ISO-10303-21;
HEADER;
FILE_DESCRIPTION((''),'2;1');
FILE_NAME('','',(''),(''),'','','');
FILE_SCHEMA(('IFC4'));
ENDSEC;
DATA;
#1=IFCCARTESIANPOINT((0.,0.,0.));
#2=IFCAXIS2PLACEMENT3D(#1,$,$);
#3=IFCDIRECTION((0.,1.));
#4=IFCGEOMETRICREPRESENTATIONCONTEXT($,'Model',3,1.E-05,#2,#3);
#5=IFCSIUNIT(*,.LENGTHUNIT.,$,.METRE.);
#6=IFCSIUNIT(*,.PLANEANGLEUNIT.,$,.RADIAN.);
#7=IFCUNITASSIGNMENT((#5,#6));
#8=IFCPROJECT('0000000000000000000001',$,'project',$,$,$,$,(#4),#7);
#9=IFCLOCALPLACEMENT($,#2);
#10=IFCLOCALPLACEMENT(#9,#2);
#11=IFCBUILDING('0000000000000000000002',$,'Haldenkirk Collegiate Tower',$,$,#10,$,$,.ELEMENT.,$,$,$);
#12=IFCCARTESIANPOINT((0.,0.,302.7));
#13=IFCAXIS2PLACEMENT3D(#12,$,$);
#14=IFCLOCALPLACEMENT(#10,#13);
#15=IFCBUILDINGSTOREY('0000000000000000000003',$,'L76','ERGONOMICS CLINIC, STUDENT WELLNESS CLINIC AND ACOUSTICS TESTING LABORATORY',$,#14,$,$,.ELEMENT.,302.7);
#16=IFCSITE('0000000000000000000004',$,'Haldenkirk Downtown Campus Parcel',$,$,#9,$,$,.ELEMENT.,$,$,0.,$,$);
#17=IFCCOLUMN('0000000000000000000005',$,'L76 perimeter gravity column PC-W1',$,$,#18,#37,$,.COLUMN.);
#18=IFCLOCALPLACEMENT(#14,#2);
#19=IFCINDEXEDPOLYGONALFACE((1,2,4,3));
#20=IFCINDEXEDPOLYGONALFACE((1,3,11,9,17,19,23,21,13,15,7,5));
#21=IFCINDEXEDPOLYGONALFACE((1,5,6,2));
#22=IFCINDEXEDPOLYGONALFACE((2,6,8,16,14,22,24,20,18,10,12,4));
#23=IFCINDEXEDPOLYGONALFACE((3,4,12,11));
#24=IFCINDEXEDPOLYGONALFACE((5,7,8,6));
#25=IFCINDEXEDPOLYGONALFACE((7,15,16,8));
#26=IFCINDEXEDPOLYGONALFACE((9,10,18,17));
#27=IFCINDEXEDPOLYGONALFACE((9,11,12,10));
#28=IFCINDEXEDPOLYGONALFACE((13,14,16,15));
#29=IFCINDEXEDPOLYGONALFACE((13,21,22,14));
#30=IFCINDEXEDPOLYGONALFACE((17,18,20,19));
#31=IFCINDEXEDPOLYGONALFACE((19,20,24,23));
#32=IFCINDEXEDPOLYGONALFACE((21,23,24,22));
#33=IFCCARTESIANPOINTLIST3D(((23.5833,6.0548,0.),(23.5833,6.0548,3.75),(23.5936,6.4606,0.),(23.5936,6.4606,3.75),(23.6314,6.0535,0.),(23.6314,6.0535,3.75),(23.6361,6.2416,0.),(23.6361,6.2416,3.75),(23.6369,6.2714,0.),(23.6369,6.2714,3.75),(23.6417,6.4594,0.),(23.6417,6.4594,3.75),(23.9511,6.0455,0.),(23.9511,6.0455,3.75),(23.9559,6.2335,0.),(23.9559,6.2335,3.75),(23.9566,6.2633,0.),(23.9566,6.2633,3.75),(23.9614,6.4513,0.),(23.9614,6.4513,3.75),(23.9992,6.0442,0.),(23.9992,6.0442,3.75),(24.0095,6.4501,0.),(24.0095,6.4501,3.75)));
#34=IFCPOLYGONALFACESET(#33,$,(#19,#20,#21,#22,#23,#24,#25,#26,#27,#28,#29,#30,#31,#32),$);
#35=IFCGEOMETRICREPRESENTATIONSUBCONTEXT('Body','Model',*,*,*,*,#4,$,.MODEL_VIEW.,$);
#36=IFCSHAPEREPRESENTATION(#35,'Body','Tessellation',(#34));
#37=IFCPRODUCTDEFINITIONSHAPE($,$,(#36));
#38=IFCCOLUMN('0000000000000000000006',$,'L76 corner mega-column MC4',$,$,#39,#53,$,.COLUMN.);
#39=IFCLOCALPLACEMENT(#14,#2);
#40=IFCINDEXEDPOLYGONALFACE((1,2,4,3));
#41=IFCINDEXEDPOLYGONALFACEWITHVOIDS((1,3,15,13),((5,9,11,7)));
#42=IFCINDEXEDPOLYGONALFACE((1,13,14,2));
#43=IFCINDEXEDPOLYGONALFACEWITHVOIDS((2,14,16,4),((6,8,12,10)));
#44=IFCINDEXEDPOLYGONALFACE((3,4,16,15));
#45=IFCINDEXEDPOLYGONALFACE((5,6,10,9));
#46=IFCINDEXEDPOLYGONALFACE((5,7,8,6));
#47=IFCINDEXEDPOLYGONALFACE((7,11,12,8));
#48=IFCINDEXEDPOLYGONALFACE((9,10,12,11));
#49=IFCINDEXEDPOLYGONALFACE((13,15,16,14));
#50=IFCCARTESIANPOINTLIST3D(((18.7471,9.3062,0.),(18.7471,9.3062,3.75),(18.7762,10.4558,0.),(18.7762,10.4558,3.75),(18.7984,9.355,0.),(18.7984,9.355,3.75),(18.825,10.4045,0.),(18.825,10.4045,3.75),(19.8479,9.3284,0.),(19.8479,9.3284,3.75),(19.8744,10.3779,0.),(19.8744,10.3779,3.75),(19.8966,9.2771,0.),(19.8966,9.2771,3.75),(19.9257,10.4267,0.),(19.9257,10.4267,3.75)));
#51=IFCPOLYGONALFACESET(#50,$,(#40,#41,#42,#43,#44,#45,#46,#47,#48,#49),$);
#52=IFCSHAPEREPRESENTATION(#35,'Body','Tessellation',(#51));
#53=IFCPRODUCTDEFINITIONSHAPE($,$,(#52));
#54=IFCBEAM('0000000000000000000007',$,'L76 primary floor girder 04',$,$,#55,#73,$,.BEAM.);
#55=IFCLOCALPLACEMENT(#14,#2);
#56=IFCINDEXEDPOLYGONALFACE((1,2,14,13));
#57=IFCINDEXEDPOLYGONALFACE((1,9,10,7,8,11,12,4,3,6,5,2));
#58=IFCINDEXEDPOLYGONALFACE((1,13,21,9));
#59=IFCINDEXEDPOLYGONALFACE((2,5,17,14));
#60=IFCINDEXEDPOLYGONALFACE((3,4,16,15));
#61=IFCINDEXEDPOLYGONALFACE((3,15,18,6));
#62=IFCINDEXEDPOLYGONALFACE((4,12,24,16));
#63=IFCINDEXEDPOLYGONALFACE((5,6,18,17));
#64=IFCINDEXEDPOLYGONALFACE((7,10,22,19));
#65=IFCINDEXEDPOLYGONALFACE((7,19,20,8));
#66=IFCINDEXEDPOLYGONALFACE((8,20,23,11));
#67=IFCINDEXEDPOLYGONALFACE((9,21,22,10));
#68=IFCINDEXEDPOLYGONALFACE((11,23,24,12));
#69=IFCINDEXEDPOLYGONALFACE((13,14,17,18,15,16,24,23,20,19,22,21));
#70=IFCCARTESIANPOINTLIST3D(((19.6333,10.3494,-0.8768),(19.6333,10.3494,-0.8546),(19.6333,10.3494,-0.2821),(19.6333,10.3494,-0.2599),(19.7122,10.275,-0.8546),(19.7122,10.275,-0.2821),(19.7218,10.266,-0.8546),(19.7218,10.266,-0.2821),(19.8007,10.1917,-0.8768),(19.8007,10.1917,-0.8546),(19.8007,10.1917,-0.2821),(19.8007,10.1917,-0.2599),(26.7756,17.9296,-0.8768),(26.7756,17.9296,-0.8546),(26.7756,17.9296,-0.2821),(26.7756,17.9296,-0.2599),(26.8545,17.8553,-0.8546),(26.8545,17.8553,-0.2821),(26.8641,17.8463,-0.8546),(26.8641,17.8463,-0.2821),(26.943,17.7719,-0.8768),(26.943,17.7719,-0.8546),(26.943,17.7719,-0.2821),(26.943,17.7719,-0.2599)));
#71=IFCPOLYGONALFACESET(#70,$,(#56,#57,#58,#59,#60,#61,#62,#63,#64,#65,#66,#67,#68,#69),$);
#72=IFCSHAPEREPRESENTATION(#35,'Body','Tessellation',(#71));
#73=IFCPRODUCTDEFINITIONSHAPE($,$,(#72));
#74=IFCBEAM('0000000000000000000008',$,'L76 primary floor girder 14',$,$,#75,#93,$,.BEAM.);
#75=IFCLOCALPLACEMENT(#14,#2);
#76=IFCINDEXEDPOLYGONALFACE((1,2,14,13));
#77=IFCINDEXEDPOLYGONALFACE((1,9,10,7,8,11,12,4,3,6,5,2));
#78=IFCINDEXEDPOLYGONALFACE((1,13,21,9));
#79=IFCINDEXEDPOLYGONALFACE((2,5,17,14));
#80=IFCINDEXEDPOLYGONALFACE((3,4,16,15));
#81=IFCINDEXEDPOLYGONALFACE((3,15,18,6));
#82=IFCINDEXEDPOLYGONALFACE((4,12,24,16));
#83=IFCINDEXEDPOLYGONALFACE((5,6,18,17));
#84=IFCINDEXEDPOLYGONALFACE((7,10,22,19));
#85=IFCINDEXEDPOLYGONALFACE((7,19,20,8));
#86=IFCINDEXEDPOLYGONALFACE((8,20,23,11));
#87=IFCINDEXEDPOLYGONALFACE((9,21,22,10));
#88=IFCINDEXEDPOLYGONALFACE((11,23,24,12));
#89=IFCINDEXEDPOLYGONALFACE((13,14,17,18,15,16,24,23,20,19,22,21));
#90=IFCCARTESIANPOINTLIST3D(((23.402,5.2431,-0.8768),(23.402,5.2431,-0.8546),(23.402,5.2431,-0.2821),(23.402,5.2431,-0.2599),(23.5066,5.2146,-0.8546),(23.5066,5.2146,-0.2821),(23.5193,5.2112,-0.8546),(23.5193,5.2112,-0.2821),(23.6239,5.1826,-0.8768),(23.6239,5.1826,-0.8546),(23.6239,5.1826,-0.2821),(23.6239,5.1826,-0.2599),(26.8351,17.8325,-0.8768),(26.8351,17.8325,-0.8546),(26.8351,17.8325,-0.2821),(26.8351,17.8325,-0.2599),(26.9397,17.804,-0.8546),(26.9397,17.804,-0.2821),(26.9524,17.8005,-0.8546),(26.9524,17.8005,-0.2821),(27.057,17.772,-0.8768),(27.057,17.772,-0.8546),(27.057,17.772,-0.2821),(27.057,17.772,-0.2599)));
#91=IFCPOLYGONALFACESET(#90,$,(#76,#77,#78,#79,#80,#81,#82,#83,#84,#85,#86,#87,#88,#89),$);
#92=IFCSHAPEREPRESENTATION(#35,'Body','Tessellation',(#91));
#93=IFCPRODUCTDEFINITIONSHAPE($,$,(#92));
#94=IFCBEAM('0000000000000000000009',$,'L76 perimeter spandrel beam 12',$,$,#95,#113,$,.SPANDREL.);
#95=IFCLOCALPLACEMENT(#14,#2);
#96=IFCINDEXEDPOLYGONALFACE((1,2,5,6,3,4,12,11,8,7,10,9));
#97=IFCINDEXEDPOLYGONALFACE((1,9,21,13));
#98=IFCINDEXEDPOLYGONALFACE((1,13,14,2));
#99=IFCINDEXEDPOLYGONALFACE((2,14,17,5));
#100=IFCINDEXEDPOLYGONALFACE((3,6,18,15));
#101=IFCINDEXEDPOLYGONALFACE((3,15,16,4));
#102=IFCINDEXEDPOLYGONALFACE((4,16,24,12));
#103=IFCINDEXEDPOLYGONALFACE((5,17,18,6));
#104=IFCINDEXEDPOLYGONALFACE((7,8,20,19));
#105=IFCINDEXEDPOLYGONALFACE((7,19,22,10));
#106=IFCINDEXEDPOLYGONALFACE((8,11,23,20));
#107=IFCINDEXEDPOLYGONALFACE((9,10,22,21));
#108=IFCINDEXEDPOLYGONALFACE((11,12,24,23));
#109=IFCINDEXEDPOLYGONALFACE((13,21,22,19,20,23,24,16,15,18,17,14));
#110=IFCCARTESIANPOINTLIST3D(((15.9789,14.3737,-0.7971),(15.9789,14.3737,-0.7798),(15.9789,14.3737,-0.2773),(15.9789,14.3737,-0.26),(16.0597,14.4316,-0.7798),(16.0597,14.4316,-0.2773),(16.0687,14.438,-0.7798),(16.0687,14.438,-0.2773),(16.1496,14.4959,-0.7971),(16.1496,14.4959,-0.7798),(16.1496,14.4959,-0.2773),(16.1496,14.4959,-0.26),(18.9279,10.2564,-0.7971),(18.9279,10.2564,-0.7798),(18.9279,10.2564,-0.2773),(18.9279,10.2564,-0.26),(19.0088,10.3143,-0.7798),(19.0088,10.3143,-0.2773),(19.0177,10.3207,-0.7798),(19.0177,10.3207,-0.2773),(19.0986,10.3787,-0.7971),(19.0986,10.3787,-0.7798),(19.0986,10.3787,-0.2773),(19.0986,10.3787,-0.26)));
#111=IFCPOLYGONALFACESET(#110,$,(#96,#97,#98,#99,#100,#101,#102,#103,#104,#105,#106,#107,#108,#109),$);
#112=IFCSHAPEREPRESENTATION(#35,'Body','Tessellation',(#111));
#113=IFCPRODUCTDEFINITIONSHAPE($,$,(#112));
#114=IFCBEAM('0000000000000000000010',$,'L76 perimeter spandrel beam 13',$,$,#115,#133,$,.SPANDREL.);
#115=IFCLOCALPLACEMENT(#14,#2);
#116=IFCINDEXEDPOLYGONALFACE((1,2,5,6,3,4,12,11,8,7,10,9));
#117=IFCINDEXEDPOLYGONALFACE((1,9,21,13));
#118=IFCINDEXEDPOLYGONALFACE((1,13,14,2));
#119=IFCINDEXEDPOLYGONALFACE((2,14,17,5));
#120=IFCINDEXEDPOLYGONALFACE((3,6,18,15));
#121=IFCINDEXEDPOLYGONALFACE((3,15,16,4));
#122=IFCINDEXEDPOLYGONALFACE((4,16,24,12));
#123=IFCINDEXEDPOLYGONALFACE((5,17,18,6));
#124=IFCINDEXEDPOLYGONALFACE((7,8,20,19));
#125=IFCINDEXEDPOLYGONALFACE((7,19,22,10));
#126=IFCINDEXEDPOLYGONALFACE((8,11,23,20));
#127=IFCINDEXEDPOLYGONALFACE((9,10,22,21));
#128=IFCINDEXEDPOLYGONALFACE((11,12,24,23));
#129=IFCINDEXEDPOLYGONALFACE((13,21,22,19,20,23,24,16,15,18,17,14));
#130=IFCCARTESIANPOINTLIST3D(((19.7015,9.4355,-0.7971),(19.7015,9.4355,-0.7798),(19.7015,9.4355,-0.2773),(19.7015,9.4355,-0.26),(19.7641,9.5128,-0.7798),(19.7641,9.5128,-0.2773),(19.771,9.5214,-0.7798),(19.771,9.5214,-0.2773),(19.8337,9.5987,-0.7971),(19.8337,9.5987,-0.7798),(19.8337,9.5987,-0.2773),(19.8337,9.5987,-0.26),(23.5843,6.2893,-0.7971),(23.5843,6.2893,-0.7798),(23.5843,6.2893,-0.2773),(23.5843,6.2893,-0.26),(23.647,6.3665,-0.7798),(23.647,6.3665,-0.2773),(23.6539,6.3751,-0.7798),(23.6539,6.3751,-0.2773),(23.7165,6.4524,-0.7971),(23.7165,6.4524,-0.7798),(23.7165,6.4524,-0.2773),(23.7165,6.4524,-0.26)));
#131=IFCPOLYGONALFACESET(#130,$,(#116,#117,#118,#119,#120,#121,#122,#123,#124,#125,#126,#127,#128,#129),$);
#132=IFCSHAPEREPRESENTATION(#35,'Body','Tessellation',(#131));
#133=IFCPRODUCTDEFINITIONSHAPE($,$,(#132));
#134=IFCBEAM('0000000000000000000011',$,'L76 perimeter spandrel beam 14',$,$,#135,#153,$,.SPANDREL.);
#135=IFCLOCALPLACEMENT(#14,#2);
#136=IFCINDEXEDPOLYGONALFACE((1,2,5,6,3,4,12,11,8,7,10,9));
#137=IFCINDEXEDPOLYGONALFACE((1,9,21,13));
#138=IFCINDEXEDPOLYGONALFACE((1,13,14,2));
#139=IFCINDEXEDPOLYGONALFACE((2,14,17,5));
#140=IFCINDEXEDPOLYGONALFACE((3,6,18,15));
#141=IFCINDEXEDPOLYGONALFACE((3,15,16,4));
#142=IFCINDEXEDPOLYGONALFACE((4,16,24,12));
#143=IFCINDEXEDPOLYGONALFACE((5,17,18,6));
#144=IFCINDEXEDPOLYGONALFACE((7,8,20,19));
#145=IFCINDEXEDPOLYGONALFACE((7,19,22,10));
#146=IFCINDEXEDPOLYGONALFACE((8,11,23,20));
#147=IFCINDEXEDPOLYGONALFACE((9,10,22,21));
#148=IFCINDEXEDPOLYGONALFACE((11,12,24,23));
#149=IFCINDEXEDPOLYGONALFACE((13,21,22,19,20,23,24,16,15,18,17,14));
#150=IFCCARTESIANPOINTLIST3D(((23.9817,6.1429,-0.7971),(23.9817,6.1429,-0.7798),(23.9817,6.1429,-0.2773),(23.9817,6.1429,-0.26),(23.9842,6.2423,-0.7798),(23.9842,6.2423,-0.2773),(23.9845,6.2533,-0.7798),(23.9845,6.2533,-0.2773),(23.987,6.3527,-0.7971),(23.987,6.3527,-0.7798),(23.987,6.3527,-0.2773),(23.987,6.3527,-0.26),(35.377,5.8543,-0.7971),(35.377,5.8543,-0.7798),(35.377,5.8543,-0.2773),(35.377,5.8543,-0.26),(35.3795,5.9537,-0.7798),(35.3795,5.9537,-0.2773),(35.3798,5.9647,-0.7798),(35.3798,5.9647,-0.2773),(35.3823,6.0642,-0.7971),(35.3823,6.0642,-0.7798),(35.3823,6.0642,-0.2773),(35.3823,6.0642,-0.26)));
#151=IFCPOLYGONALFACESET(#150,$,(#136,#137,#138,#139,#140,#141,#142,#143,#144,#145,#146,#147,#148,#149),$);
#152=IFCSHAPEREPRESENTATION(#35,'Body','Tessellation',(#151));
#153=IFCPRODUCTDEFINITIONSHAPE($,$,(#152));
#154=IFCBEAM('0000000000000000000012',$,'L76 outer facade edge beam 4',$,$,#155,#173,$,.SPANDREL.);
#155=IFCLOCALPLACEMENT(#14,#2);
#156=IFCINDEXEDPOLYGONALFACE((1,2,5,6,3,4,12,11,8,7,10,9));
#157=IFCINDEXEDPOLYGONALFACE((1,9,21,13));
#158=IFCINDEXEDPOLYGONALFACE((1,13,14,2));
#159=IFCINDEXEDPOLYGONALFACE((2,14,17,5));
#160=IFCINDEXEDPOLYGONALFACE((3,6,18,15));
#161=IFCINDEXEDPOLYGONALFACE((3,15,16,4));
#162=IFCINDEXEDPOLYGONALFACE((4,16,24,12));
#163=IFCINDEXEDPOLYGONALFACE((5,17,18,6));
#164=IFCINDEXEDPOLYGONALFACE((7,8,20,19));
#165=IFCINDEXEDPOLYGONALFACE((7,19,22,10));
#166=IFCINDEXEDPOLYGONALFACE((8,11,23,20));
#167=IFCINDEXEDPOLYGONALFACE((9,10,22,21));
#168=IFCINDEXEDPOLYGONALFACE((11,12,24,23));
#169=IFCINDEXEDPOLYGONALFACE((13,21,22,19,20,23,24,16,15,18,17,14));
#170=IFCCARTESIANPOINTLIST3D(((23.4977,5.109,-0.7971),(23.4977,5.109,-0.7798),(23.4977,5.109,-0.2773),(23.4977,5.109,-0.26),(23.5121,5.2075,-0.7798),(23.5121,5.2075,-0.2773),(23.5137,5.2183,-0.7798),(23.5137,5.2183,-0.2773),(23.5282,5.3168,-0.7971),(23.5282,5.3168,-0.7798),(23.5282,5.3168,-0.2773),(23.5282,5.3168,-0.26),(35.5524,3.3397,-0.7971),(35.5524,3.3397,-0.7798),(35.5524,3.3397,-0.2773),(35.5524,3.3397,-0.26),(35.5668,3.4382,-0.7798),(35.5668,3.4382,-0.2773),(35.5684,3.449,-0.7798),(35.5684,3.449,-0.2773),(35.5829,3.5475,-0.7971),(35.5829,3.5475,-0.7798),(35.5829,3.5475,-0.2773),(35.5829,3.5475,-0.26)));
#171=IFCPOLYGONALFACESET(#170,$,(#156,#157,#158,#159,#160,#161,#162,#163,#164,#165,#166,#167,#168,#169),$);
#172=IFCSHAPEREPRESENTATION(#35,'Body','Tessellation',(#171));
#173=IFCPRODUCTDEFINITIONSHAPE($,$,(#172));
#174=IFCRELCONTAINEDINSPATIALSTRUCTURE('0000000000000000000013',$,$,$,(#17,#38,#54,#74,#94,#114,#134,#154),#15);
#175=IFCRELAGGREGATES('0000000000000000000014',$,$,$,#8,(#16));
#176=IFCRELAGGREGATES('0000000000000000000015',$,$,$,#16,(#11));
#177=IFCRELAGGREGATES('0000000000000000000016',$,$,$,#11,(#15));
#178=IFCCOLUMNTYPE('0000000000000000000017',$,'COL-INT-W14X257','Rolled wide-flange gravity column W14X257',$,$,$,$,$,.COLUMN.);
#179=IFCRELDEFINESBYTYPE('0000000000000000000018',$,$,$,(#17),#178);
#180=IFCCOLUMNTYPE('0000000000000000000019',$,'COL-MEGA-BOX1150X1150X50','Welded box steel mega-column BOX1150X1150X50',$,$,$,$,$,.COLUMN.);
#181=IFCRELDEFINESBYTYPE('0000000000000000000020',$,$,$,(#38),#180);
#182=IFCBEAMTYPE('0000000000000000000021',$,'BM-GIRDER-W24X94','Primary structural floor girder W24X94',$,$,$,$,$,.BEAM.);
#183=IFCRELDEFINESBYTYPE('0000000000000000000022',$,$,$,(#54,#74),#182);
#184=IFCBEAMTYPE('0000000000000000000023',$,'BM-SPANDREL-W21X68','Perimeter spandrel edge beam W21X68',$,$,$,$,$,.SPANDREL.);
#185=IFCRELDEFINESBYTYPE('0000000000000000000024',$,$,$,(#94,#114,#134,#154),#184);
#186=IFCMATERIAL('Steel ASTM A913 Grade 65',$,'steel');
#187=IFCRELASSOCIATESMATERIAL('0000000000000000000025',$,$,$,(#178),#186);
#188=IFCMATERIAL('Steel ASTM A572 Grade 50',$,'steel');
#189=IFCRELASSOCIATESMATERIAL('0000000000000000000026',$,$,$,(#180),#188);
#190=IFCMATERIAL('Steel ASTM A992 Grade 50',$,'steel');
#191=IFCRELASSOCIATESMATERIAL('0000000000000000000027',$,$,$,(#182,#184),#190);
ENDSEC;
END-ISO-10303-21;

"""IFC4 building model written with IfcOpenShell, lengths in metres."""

from ifc_helpers import new_model, si_unit, direction, frame, origin, origin_2d, place, context, subcontext, project, spatial, hollow_rectangle, i_section, extrude, material, material_profile, profile_set, type_object, element, save


model = new_model("IFC4")

# Units and contexts
model_context = context("Model", 3, precision=1e-05, world=origin(), true_north=direction((0.0, 1.0)))
body_context = subcontext(model_context, "Body", "Model", "MODEL_VIEW")
ifc_project = project(units=[si_unit("LENGTHUNIT", "METRE"), si_unit("PLANEANGLEUNIT", "RADIAN")], contexts=[model_context])

# Site, building, storey
site_placement = place(None, origin())
site = spatial("IfcSite", under=ifc_project, at=site_placement, Name="Haldenkirk Downtown Campus Parcel", CompositionType="ELEMENT", RefElevation=0.0)
building_placement = place(site_placement, origin())
building = spatial("IfcBuilding", under=site, at=building_placement, Name="Haldenkirk Collegiate Tower", CompositionType="ELEMENT")
storey_placement = place(building_placement, frame((0.0, 0.0, 302.7)))
storey = spatial("IfcBuildingStorey", under=building, at=storey_placement, Name="L76", Description="ERGONOMICS CLINIC, STUDENT WELLNESS CLINIC AND ACOUSTICS TESTING LABORATORY", CompositionType="ELEMENT", Elevation=302.7)

# Columns
ifc_material_1 = material(Name="Steel ASTM A913 Grade 65", Category="steel")
ifc_material_profile_1 = material_profile(ifc_material_1, i_section(OverallWidth=0.406, OverallDepth=0.416, WebThickness=0.0298, FlangeThickness=0.0481, at=origin_2d()), Name="W14X257")
ifc_profile_set_1 = profile_set([ifc_material_profile_1], Name="Steel ASTM A913 Grade 65")
column_type_1 = type_object("IfcColumnType", Name="COL-INT-W14X257", Description="Rolled wide-flange gravity column W14X257", PredefinedType="COLUMN", material=ifc_profile_set_1)
column_1_placement = place(storey_placement, frame((23.7964, 6.2524, 0.0), z_axis=(0.0, 0.0, 1.0), x_axis=(0.025305, 0.99968, 0.0)))
element("IfcColumn", 1, at=column_1_placement, inside=storey, type_object=column_type_1, Name="L76 perimeter gravity column PC-W1", PredefinedType="COLUMN", context=body_context, shape_type="SweptSolid", body=[
    extrude(i_section(OverallWidth=0.406, OverallDepth=0.416, WebThickness=0.0298, FlangeThickness=0.0481, at=origin_2d()), origin(), (0.0, 0.0, 1.0), 3.75),
])
ifc_material_2 = material(Name="Steel ASTM A572 Grade 50", Category="steel")
ifc_material_profile_2 = material_profile(ifc_material_2, hollow_rectangle(XDim=1.1499, YDim=1.1499, WallThickness=0.05, at=origin_2d()), Name="BOX1150X1150X50")
ifc_profile_set_2 = profile_set([ifc_material_profile_2], Name="Steel ASTM A572 Grade 50")
column_type_2 = type_object("IfcColumnType", Name="COL-MEGA-BOX1150X1150X50", Description="Welded box steel mega-column BOX1150X1150X50", PredefinedType="COLUMN", material=ifc_profile_set_2)
column_2_placement = place(storey_placement, frame((19.3364, 9.8665, 0.0), z_axis=(0.0, 0.0, 1.0), x_axis=(0.025305, 0.99968, 0.0)))
element("IfcColumn", 2, at=column_2_placement, inside=storey, type_object=column_type_2, Name="L76 corner mega-column MC4", PredefinedType="COLUMN", context=body_context, shape_type="SweptSolid", body=[
    extrude(hollow_rectangle(XDim=1.1499, YDim=1.1499, WallThickness=0.05, at=origin_2d()), origin(), (0.0, 0.0, 1.0), 3.75),
])

# Beams
ifc_material_3 = material(Name="Steel ASTM A992 Grade 50", Category="steel")
ifc_material_profile_3 = material_profile(ifc_material_3, i_section(OverallWidth=0.23, OverallDepth=0.6169, WebThickness=0.0132, FlangeThickness=0.0222, at=origin_2d()), Name="W24X94")
ifc_profile_set_3 = profile_set([ifc_material_profile_3], Name="Steel ASTM A992 Grade 50")
beam_type_1 = type_object("IfcBeamType", Name="BM-GIRDER-W24X94", Description="Primary structural floor girder W24X94", PredefinedType="BEAM", material=ifc_profile_set_3)
beam_1_placement = place(storey_placement, frame((19.717, 10.2705, -0.5684), z_axis=(0.685767, 0.727821, 0.0), x_axis=(-0.727821, 0.685767, 0.0)))
element("IfcBeam", 3, at=beam_1_placement, inside=storey, type_object=beam_type_1, Name="L76 primary floor girder 04", PredefinedType="BEAM", context=body_context, shape_type="SweptSolid", body=[
    extrude(i_section(OverallWidth=0.23, OverallDepth=0.6169, WebThickness=0.0132, FlangeThickness=0.0222, at=origin_2d()), origin(), (0.0, 0.0, 1.0), 10.415),
])
beam_2_placement = place(storey_placement, frame((23.5129, 5.2129, -0.5684), z_axis=(0.263092, 0.964771, 0.0), x_axis=(-0.964771, 0.263092, 0.0)))
element("IfcBeam", 4, at=beam_2_placement, inside=storey, type_object=beam_type_1, Name="L76 primary floor girder 14", PredefinedType="BEAM", context=body_context, shape_type="SweptSolid", body=[
    extrude(i_section(OverallWidth=0.23, OverallDepth=0.6169, WebThickness=0.0132, FlangeThickness=0.0222, at=origin_2d()), origin(), (0.0, 0.0, 1.0), 13.0491),
])
ifc_material_profile_4 = material_profile(ifc_material_3, i_section(OverallWidth=0.21, OverallDepth=0.5371, WebThickness=0.011, FlangeThickness=0.0173, at=origin_2d()), Name="W21X68")
ifc_profile_set_4 = profile_set([ifc_material_profile_4], Name="Steel ASTM A992 Grade 50")
beam_type_2 = type_object("IfcBeamType", Name="BM-SPANDREL-W21X68", Description="Perimeter spandrel edge beam W21X68", PredefinedType="SPANDREL", material=ifc_profile_set_4)
beam_3_placement = place(storey_placement, frame((16.0642, 14.4348, -0.5286), z_axis=(0.5823, -0.812974, 0.0), x_axis=(0.812974, 0.5823, 0.0)))
element("IfcBeam", 5, at=beam_3_placement, inside=storey, type_object=beam_type_2, Name="L76 perimeter spandrel beam 12", PredefinedType="SPANDREL", context=body_context, shape_type="SweptSolid", body=[
    extrude(i_section(OverallWidth=0.21, OverallDepth=0.5371, WebThickness=0.011, FlangeThickness=0.0173, at=origin_2d()), origin(), (0.0, 0.0, 1.0), 5.0645),
])
beam_4_placement = place(storey_placement, frame((19.7676, 9.5171, -0.5286), z_axis=(0.77695, -0.629562, 0.0), x_axis=(0.629562, 0.77695, 0.0)))
element("IfcBeam", 6, at=beam_4_placement, inside=storey, type_object=beam_type_2, Name="L76 perimeter spandrel beam 13", PredefinedType="SPANDREL", context=body_context, shape_type="SweptSolid", body=[
    extrude(i_section(OverallWidth=0.21, OverallDepth=0.5371, WebThickness=0.011, FlangeThickness=0.0173, at=origin_2d()), origin(), (0.0, 0.0, 1.0), 4.9976),
])
beam_5_placement = place(storey_placement, frame((23.9844, 6.2478, -0.5286), z_axis=(0.99968, -0.025316, 0.0), x_axis=(0.025316, 0.99968, 0.0)))
element("IfcBeam", 7, at=beam_5_placement, inside=storey, type_object=beam_type_2, Name="L76 perimeter spandrel beam 14", PredefinedType="SPANDREL", context=body_context, shape_type="SweptSolid", body=[
    extrude(i_section(OverallWidth=0.21, OverallDepth=0.5371, WebThickness=0.011, FlangeThickness=0.0173, at=origin_2d()), origin(), (0.0, 0.0, 1.0), 11.3989),
])
beam_6_placement = place(storey_placement, frame((23.5129, 5.2129, -0.5286), z_axis=(0.9894, -0.145216, 0.0), x_axis=(0.145216, 0.9894, 0.0)))
element("IfcBeam", 8, at=beam_6_placement, inside=storey, type_object=beam_type_2, Name="L76 outer facade edge beam 4", PredefinedType="SPANDREL", context=body_context, shape_type="SweptSolid", body=[
    extrude(i_section(OverallWidth=0.21, OverallDepth=0.5371, WebThickness=0.011, FlangeThickness=0.0173, at=origin_2d()), origin(), (0.0, 0.0, 1.0), 12.1838),
])

save(model, "model.ifc")
